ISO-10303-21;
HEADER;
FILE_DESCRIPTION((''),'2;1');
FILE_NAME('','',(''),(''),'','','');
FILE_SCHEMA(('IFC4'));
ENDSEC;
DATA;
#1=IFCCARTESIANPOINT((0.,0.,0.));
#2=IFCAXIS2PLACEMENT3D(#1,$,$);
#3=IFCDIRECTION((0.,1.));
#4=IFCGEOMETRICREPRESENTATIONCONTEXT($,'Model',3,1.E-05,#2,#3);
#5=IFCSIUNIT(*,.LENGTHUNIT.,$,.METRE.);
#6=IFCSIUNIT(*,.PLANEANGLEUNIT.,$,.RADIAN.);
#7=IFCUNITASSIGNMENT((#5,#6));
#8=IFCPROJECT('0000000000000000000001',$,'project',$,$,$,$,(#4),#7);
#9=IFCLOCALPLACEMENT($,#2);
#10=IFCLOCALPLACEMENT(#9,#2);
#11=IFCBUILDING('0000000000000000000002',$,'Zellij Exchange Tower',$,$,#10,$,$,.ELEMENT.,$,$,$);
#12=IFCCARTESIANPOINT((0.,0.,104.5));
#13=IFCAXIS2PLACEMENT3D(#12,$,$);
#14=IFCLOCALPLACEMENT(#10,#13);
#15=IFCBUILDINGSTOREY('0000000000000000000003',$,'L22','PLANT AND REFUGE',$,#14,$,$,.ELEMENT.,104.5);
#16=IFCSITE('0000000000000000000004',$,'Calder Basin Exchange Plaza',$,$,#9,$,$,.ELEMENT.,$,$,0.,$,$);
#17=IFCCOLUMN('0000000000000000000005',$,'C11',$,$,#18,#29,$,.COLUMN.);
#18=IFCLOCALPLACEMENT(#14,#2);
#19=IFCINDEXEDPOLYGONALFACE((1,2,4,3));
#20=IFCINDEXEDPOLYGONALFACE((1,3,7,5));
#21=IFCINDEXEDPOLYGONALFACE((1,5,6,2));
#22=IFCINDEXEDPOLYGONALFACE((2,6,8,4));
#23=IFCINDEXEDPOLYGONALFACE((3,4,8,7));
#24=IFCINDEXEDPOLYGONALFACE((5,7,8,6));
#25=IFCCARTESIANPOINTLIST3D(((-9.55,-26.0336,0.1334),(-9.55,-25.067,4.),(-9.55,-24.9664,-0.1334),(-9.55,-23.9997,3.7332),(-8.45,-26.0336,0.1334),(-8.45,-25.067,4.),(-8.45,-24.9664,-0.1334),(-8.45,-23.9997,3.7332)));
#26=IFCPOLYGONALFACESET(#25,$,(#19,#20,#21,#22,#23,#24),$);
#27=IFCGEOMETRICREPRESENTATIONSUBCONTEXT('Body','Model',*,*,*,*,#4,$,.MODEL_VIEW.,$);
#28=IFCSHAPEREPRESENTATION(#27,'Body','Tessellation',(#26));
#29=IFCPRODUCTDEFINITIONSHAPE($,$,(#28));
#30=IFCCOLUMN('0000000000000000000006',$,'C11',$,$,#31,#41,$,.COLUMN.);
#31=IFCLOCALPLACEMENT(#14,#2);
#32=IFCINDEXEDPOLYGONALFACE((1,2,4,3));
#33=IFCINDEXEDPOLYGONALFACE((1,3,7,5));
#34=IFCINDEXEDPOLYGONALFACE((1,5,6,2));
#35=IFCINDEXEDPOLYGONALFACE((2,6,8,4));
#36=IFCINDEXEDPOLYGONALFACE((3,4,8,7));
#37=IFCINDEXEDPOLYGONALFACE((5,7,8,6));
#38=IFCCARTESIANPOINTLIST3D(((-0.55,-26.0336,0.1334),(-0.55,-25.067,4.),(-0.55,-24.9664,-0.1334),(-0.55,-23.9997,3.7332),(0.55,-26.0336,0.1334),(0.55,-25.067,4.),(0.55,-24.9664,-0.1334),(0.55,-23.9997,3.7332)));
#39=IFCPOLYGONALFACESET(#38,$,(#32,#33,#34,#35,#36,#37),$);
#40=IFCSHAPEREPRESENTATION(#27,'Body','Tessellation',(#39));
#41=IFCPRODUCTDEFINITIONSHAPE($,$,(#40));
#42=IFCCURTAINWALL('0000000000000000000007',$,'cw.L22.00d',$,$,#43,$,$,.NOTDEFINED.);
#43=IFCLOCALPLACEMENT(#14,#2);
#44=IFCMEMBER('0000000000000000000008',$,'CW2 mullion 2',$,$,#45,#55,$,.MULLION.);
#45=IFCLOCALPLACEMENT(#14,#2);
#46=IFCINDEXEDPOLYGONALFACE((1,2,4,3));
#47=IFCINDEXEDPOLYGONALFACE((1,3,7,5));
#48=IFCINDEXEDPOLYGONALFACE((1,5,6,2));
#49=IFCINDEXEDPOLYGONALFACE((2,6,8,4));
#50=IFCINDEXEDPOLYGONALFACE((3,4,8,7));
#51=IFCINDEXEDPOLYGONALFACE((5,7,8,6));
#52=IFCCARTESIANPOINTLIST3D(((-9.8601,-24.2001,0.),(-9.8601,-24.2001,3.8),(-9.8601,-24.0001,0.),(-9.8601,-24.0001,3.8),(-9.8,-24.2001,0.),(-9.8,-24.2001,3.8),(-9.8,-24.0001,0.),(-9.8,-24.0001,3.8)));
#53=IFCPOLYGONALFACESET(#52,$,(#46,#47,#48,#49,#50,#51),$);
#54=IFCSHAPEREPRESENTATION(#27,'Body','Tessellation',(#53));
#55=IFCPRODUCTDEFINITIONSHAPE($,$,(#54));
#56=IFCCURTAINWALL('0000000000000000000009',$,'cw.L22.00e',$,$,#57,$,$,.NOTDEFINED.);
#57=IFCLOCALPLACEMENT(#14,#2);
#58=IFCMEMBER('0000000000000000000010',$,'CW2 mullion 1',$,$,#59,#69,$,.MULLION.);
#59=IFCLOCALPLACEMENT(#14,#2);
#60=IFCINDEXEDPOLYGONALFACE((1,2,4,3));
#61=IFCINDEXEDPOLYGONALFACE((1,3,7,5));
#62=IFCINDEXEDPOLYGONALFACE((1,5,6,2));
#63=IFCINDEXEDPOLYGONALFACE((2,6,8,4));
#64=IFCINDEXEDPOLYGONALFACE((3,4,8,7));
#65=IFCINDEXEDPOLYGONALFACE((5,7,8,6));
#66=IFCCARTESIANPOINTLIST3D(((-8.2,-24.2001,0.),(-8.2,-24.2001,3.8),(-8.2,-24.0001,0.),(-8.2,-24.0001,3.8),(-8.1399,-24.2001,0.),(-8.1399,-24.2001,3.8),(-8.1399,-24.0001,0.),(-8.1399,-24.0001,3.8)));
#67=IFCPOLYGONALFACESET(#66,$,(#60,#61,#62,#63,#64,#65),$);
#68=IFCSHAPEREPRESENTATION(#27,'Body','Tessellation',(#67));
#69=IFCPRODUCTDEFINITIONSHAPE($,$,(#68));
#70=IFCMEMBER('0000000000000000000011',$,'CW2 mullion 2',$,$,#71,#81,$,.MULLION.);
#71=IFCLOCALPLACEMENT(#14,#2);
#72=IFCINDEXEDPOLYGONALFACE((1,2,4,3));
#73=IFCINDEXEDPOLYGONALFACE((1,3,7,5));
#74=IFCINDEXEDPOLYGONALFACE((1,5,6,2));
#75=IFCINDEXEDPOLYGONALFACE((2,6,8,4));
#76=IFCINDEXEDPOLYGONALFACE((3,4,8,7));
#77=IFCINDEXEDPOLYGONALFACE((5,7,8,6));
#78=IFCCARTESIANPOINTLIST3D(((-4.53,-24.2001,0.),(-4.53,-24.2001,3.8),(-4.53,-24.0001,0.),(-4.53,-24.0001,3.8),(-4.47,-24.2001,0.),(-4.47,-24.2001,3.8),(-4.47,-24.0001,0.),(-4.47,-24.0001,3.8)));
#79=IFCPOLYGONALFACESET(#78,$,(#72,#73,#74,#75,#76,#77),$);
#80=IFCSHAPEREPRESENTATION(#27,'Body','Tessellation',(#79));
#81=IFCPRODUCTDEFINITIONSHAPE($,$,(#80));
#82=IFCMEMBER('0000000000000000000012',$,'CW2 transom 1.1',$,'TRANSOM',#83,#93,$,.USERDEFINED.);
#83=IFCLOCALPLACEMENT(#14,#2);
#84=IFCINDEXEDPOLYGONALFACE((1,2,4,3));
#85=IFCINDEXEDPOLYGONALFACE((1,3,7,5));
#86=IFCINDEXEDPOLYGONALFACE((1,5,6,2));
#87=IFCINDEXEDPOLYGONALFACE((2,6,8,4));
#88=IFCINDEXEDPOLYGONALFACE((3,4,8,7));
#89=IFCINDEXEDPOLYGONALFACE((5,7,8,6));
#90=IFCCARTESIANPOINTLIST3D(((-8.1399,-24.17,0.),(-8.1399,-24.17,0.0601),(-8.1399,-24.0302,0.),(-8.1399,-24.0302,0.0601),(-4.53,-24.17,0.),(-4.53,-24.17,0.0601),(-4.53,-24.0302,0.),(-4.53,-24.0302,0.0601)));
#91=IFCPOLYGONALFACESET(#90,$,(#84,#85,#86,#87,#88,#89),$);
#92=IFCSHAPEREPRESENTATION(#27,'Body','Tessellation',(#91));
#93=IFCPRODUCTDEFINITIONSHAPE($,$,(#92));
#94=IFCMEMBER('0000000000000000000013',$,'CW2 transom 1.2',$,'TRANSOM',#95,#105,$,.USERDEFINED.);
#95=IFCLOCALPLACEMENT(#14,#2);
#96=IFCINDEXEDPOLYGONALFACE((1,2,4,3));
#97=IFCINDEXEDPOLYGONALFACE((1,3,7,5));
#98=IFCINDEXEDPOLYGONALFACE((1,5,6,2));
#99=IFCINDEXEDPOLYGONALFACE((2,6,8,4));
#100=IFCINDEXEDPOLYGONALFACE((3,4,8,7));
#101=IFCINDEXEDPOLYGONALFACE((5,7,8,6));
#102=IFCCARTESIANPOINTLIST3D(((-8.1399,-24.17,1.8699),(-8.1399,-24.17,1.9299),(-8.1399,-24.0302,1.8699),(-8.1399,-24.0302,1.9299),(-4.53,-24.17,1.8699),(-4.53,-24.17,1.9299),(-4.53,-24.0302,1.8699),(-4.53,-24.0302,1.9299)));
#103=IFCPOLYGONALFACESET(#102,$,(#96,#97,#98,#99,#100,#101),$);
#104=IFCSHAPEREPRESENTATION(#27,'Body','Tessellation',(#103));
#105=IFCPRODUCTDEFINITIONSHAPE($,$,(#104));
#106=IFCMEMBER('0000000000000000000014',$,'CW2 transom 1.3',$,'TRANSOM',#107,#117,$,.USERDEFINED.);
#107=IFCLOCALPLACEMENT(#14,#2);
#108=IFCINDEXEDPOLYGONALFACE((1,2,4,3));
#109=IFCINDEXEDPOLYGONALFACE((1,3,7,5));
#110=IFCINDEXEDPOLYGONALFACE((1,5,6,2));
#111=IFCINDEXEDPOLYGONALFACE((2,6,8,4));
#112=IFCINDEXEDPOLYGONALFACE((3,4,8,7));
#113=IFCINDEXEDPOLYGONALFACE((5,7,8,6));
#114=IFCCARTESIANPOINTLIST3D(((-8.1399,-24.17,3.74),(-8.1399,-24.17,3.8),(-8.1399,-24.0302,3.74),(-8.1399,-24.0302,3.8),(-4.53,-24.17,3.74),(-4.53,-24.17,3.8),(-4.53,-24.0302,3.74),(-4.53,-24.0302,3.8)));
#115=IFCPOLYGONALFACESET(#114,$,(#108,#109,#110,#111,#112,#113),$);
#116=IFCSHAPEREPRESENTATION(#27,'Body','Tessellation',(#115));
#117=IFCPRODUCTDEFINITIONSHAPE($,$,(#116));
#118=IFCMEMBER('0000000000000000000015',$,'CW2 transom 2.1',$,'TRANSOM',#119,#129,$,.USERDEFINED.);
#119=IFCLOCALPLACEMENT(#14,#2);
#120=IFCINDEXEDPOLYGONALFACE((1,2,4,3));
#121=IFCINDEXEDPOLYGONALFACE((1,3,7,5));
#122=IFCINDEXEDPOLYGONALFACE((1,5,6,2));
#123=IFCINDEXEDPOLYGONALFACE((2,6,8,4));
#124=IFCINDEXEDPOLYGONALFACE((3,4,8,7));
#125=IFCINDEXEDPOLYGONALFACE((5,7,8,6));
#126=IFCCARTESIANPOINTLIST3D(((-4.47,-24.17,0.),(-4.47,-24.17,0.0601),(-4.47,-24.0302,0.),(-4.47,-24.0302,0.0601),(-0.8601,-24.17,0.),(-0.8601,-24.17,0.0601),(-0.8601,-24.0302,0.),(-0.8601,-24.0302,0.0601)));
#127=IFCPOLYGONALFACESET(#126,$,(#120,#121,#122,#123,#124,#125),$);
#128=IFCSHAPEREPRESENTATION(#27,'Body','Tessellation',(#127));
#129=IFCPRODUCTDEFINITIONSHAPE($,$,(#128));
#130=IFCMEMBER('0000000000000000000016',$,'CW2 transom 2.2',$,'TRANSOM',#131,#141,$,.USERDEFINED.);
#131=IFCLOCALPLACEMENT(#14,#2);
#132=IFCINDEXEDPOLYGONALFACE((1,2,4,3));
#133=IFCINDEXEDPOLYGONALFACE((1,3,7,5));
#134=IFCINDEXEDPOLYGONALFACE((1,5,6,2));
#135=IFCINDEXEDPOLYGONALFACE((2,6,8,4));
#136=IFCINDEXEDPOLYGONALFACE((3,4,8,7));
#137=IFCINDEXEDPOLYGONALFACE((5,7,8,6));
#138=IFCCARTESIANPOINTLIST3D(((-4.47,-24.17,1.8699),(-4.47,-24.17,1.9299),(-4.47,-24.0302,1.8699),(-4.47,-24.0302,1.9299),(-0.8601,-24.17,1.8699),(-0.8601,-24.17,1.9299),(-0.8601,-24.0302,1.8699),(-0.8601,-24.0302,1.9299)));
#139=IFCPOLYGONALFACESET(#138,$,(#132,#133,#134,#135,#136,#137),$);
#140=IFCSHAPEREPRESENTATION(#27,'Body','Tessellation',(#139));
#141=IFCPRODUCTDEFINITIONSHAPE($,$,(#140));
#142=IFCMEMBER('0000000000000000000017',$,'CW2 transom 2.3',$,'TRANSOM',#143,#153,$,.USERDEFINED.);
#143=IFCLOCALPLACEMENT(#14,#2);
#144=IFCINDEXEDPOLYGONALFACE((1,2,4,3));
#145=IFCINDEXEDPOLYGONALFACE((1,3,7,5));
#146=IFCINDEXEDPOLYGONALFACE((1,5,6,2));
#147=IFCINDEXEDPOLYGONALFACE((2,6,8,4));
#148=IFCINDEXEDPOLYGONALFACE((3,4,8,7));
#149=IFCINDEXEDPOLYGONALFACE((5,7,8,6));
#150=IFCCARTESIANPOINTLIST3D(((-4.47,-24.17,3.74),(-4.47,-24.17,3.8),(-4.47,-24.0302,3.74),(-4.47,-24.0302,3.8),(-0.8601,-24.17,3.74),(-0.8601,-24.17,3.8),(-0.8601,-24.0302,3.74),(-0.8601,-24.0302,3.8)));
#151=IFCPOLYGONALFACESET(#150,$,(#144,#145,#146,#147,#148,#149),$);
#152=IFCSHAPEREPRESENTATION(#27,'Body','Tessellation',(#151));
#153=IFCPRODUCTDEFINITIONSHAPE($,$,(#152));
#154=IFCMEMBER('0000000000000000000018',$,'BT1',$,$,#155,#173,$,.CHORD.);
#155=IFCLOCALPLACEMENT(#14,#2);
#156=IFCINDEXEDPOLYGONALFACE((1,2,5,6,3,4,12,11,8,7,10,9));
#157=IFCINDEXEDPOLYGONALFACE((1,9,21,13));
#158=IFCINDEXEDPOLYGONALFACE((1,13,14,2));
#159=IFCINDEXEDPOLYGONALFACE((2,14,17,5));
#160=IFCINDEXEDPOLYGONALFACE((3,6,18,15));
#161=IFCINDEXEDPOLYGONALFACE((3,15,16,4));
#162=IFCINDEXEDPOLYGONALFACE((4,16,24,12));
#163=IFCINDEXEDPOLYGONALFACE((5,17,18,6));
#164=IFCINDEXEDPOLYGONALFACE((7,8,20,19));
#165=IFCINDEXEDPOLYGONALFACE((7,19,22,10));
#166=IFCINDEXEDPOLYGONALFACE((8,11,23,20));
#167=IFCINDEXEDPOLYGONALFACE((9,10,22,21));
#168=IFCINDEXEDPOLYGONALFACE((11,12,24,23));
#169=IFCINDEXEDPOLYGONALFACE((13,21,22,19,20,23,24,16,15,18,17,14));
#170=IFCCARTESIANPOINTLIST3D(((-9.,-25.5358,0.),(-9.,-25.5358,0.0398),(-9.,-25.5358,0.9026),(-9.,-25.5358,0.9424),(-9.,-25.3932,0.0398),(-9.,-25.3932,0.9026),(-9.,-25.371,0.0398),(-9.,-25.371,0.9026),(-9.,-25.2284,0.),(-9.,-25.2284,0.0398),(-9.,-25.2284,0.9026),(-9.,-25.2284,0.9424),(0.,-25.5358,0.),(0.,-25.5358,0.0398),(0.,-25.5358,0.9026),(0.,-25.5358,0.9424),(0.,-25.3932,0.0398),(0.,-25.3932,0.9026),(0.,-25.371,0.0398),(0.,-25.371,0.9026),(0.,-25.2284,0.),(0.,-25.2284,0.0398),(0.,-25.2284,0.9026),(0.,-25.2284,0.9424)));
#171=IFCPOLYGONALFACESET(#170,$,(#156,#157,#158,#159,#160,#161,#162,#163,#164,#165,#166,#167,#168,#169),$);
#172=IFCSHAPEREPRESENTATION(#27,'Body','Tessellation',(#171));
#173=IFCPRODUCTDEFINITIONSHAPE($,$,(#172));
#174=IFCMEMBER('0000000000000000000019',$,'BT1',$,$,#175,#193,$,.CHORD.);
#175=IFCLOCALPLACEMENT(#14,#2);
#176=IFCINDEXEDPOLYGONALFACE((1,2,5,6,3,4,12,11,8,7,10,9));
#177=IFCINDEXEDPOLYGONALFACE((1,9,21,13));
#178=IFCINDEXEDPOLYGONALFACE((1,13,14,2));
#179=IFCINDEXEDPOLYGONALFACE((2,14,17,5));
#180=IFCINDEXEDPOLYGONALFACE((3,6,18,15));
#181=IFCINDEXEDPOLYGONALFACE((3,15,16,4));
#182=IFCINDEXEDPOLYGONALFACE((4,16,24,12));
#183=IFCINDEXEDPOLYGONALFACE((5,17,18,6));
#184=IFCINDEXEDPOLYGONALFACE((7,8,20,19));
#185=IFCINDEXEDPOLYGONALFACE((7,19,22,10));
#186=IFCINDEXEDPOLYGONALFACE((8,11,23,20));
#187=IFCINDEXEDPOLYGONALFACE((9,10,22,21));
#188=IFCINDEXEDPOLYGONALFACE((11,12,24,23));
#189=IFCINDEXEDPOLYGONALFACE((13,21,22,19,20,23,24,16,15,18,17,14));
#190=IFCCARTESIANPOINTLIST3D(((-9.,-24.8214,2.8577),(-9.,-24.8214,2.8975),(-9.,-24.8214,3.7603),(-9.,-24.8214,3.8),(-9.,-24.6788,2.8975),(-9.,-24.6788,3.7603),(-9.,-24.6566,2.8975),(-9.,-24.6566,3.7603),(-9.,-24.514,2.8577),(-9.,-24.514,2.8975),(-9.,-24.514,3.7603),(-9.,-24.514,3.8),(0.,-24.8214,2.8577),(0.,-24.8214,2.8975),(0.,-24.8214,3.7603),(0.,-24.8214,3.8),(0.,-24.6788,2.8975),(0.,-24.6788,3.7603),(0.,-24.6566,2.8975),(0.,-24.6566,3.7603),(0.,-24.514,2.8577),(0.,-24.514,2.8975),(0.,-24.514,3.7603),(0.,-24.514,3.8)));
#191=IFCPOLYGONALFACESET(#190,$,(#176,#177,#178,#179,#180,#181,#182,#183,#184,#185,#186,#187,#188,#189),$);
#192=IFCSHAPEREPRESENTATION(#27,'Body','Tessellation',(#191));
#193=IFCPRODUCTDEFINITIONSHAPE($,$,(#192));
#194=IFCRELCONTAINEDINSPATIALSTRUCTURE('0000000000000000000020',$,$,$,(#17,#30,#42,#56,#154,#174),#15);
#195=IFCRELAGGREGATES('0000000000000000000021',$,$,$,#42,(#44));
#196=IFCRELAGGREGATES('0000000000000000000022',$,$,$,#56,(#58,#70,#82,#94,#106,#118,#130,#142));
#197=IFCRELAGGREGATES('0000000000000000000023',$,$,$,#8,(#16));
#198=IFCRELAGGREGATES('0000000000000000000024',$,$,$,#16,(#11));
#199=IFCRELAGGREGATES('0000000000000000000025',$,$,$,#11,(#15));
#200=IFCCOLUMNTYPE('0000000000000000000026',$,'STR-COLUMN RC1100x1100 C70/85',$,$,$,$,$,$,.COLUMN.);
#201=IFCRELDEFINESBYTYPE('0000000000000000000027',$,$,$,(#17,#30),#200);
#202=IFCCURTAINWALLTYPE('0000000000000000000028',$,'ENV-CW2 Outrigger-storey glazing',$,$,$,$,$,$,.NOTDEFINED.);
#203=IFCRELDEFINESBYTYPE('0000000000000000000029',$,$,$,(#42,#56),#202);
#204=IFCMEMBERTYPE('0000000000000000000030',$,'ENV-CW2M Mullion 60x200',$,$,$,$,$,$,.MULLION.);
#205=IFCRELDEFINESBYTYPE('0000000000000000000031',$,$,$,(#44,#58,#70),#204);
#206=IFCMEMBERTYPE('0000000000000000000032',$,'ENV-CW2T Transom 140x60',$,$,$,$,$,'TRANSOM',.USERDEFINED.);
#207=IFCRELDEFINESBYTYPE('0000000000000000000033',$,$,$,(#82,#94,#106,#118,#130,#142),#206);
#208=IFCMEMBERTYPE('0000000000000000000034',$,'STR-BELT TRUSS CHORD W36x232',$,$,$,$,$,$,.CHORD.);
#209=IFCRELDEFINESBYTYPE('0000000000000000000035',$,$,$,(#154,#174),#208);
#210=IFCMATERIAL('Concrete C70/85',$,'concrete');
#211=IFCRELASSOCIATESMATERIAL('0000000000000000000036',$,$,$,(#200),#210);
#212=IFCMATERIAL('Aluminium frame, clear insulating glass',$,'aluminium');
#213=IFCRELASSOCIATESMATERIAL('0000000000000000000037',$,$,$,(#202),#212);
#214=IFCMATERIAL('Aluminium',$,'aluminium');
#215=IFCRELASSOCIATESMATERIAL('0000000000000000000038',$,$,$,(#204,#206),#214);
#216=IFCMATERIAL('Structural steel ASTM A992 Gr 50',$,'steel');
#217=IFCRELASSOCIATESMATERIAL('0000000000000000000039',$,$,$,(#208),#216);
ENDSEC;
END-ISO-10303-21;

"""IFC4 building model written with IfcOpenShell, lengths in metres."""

from ifc_helpers import new_model, si_unit, direction, frame, origin, origin_2d, place, context, subcontext, project, spatial, rectangle, i_section, extrude, clip, halfspace, material, material_profile, profile_set, type_object, element, aggregate, save


model = new_model("IFC4")

# Units and contexts
model_context = context("Model", 3, precision=1e-05, world=origin(), true_north=direction((0.0, 1.0)))
body_context = subcontext(model_context, "Body", "Model", "MODEL_VIEW")
ifc_project = project(units=[si_unit("LENGTHUNIT", "METRE"), si_unit("PLANEANGLEUNIT", "RADIAN")], contexts=[model_context])

# Site, building, storey
site_placement = place(None, origin())
site = spatial("IfcSite", under=ifc_project, at=site_placement, Name="Calder Basin Exchange Plaza", CompositionType="ELEMENT", RefElevation=0.0)
building_placement = place(site_placement, origin())
building = spatial("IfcBuilding", under=site, at=building_placement, Name="Zellij Exchange Tower", CompositionType="ELEMENT")
storey_placement = place(building_placement, frame((0.0, 0.0, 104.5)))
storey = spatial("IfcBuildingStorey", under=building, at=storey_placement, Name="L22", Description="PLANT AND REFUGE", CompositionType="ELEMENT", Elevation=104.5)

# Columns
ifc_material_1 = material(Name="Concrete C70/85", Category="concrete")
ifc_material_profile_1 = material_profile(ifc_material_1, rectangle(XDim=1.1001, YDim=1.1001, at=origin_2d()), Name="STR-COLUMN RC1100x1100 C70/85")
ifc_profile_set_1 = profile_set([ifc_material_profile_1], Name="Concrete C70/85")
column_type = type_object("IfcColumnType", Name="STR-COLUMN RC1100x1100 C70/85", PredefinedType="COLUMN", material=ifc_profile_set_1)
for number, where, z_axis, x_axis, name in (
    (1, (-9.0, -25.5, 0.0), (0.0, 0.242536, 0.970143), (-1.0, 0.0, 0.0), "C11"),
    (2, (0.0, -25.5, 0.0), (0.0, 0.242536, 0.970143), (-1.0, 0.0, 0.0), "C11"),
):
    element("IfcColumn", number, at=place(storey_placement, frame(where, z_axis=z_axis, x_axis=x_axis)), inside=storey, type_object=column_type, Name=name, PredefinedType="COLUMN", context=body_context, shape_type="Clipping", body=[
        clip(extrude(rectangle(XDim=1.1001, YDim=1.1001, at=origin_2d()), origin(), (0.0, 0.0, 1.0), 4.123), halfspace(frame((0.0, 0.0, 3.9856)), False)),
    ])

# Curtain wall, member
ifc_material_2 = material(Name="Aluminium frame, clear insulating glass", Category="aluminium")
curtain_wall_type = type_object("IfcCurtainWallType", Name="ENV-CW2 Outrigger-storey glazing", PredefinedType="NOTDEFINED", material=ifc_material_2)
curtain_wall_1_placement = place(storey_placement, origin())
curtain_wall_1 = element("IfcCurtainWall", 3, at=curtain_wall_1_placement, inside=storey, type_object=curtain_wall_type, Name="cw.L22.00d", PredefinedType="NOTDEFINED")
ifc_material_3 = material(Name="Aluminium", Category="aluminium")
ifc_material_profile_2 = material_profile(ifc_material_3, rectangle(XDim=0.0601, YDim=0.2, at=origin_2d()), Name="AL 60x200")
ifc_profile_set_2 = profile_set([ifc_material_profile_2], Name="Aluminium")
member_type_1 = type_object("IfcMemberType", Name="ENV-CW2M Mullion 60x200", PredefinedType="MULLION", material=ifc_profile_set_2)
member_1_placement = place(storey_placement, frame((-9.8301, -24.1001, 0.0), z_axis=(0.0, 0.0, 1.0), x_axis=(1.0, 0.0, 0.0)))
member_1 = element("IfcMember", 4, at=member_1_placement, type_object=member_type_1, Name="CW2 mullion 2", PredefinedType="MULLION", context=body_context, shape_type="SweptSolid", body=[
    extrude(rectangle(XDim=0.0601, YDim=0.2, at=origin_2d()), origin(), (0.0, 0.0, 1.0), 3.8),
])

# Curtain wall, members
curtain_wall_2_placement = place(storey_placement, origin())
curtain_wall_2 = element("IfcCurtainWall", 5, at=curtain_wall_2_placement, inside=storey, type_object=curtain_wall_type, Name="cw.L22.00e", PredefinedType="NOTDEFINED")
member_2_placement = place(storey_placement, frame((-8.1699, -24.1001, 0.0), z_axis=(0.0, 0.0, 1.0), x_axis=(1.0, 0.0, 0.0)))
member_2 = element("IfcMember", 6, at=member_2_placement, type_object=member_type_1, Name="CW2 mullion 1", PredefinedType="MULLION", context=body_context, shape_type="SweptSolid", body=[
    extrude(rectangle(XDim=0.0601, YDim=0.2, at=origin_2d()), origin(), (0.0, 0.0, 1.0), 3.8),
])
member_3_placement = place(storey_placement, frame((-4.5, -24.1001, 0.0), z_axis=(0.0, 0.0, 1.0), x_axis=(1.0, 0.0, 0.0)))
member_3 = element("IfcMember", 7, at=member_3_placement, type_object=member_type_1, Name="CW2 mullion 2", PredefinedType="MULLION", context=body_context, shape_type="SweptSolid", body=[
    extrude(rectangle(XDim=0.0601, YDim=0.2, at=origin_2d()), origin(), (0.0, 0.0, 1.0), 3.8),
])
ifc_material_profile_3 = material_profile(ifc_material_3, rectangle(XDim=0.1399, YDim=0.0601, at=origin_2d()), Name="AL 140x60")
ifc_profile_set_3 = profile_set([ifc_material_profile_3], Name="Aluminium")
member_type_2 = type_object("IfcMemberType", Name="ENV-CW2T Transom 140x60", ElementType="TRANSOM", PredefinedType="USERDEFINED", material=ifc_profile_set_3)
member_4_placement = place(storey_placement, frame((-8.1399, -24.1001, 0.03), z_axis=(1.0, 0.0, 0.0), x_axis=(0.0, 1.0, 0.0)))
member_4 = element("IfcMember", 8, at=member_4_placement, type_object=member_type_2, Name="CW2 transom 1.1", ObjectType="TRANSOM", PredefinedType="USERDEFINED", context=body_context, shape_type="SweptSolid", body=[
    extrude(rectangle(XDim=0.1399, YDim=0.0601, at=origin_2d()), origin(), (0.0, 0.0, 1.0), 3.6099),
])
member_5_placement = place(storey_placement, frame((-8.1399, -24.1001, 1.8999), z_axis=(1.0, 0.0, 0.0), x_axis=(0.0, 1.0, 0.0)))
member_5 = element("IfcMember", 9, at=member_5_placement, type_object=member_type_2, Name="CW2 transom 1.2", ObjectType="TRANSOM", PredefinedType="USERDEFINED", context=body_context, shape_type="SweptSolid", body=[
    extrude(rectangle(XDim=0.1399, YDim=0.0601, at=origin_2d()), origin(), (0.0, 0.0, 1.0), 3.6099),
])
member_6_placement = place(storey_placement, frame((-8.1399, -24.1001, 3.77), z_axis=(1.0, 0.0, 0.0), x_axis=(0.0, 1.0, 0.0)))
member_6 = element("IfcMember", 10, at=member_6_placement, type_object=member_type_2, Name="CW2 transom 1.3", ObjectType="TRANSOM", PredefinedType="USERDEFINED", context=body_context, shape_type="SweptSolid", body=[
    extrude(rectangle(XDim=0.1399, YDim=0.0601, at=origin_2d()), origin(), (0.0, 0.0, 1.0), 3.6099),
])
member_7_placement = place(storey_placement, frame((-4.47, -24.1001, 0.03), z_axis=(1.0, 0.0, 0.0), x_axis=(0.0, 1.0, 0.0)))
member_7 = element("IfcMember", 11, at=member_7_placement, type_object=member_type_2, Name="CW2 transom 2.1", ObjectType="TRANSOM", PredefinedType="USERDEFINED", context=body_context, shape_type="SweptSolid", body=[
    extrude(rectangle(XDim=0.1399, YDim=0.0601, at=origin_2d()), origin(), (0.0, 0.0, 1.0), 3.6099),
])
member_8_placement = place(storey_placement, frame((-4.47, -24.1001, 1.8999), z_axis=(1.0, 0.0, 0.0), x_axis=(0.0, 1.0, 0.0)))
member_8 = element("IfcMember", 12, at=member_8_placement, type_object=member_type_2, Name="CW2 transom 2.2", ObjectType="TRANSOM", PredefinedType="USERDEFINED", context=body_context, shape_type="SweptSolid", body=[
    extrude(rectangle(XDim=0.1399, YDim=0.0601, at=origin_2d()), origin(), (0.0, 0.0, 1.0), 3.6099),
])
member_9_placement = place(storey_placement, frame((-4.47, -24.1001, 3.77), z_axis=(1.0, 0.0, 0.0), x_axis=(0.0, 1.0, 0.0)))
member_9 = element("IfcMember", 13, at=member_9_placement, type_object=member_type_2, Name="CW2 transom 2.3", ObjectType="TRANSOM", PredefinedType="USERDEFINED", context=body_context, shape_type="SweptSolid", body=[
    extrude(rectangle(XDim=0.1399, YDim=0.0601, at=origin_2d()), origin(), (0.0, 0.0, 1.0), 3.6099),
])

# Members
ifc_material_4 = material(Name="Structural steel ASTM A992 Gr 50", Category="steel")
ifc_material_profile_4 = material_profile(ifc_material_4, i_section(OverallWidth=0.3074, OverallDepth=0.9424, WebThickness=0.0222, FlangeThickness=0.0398, at=origin_2d()), Name="W36x232")
ifc_profile_set_4 = profile_set([ifc_material_profile_4], Name="Structural steel ASTM A992 Gr 50")
member_type_3 = type_object("IfcMemberType", Name="STR-BELT TRUSS CHORD W36x232", PredefinedType="CHORD", material=ifc_profile_set_4)
for number, where, z_axis, x_axis, name in (
    (14, (-9.0, -25.3821, 0.4712), (1.0, 0.0, 0.0), (0.0, 1.0, 0.0), "BT1"),
    (15, (-9.0, -24.6677, 3.3289), (1.0, 0.0, 0.0), (0.0, 1.0, 0.0), "BT1"),
):
    element("IfcMember", number, at=place(storey_placement, frame(where, z_axis=z_axis, x_axis=x_axis)), inside=storey, type_object=member_type_3, Name=name, PredefinedType="CHORD", context=body_context, shape_type="SweptSolid", body=[
        extrude(i_section(OverallWidth=0.3074, OverallDepth=0.9424, WebThickness=0.0222, FlangeThickness=0.0398, at=origin_2d()), origin(), (0.0, 0.0, 1.0), 9.0),
    ])

aggregate(curtain_wall_1, [member_1])
aggregate(curtain_wall_2, [member_2, member_3, member_4, member_5, member_6, member_7, member_8, member_9])

save(model, "model.ifc")
